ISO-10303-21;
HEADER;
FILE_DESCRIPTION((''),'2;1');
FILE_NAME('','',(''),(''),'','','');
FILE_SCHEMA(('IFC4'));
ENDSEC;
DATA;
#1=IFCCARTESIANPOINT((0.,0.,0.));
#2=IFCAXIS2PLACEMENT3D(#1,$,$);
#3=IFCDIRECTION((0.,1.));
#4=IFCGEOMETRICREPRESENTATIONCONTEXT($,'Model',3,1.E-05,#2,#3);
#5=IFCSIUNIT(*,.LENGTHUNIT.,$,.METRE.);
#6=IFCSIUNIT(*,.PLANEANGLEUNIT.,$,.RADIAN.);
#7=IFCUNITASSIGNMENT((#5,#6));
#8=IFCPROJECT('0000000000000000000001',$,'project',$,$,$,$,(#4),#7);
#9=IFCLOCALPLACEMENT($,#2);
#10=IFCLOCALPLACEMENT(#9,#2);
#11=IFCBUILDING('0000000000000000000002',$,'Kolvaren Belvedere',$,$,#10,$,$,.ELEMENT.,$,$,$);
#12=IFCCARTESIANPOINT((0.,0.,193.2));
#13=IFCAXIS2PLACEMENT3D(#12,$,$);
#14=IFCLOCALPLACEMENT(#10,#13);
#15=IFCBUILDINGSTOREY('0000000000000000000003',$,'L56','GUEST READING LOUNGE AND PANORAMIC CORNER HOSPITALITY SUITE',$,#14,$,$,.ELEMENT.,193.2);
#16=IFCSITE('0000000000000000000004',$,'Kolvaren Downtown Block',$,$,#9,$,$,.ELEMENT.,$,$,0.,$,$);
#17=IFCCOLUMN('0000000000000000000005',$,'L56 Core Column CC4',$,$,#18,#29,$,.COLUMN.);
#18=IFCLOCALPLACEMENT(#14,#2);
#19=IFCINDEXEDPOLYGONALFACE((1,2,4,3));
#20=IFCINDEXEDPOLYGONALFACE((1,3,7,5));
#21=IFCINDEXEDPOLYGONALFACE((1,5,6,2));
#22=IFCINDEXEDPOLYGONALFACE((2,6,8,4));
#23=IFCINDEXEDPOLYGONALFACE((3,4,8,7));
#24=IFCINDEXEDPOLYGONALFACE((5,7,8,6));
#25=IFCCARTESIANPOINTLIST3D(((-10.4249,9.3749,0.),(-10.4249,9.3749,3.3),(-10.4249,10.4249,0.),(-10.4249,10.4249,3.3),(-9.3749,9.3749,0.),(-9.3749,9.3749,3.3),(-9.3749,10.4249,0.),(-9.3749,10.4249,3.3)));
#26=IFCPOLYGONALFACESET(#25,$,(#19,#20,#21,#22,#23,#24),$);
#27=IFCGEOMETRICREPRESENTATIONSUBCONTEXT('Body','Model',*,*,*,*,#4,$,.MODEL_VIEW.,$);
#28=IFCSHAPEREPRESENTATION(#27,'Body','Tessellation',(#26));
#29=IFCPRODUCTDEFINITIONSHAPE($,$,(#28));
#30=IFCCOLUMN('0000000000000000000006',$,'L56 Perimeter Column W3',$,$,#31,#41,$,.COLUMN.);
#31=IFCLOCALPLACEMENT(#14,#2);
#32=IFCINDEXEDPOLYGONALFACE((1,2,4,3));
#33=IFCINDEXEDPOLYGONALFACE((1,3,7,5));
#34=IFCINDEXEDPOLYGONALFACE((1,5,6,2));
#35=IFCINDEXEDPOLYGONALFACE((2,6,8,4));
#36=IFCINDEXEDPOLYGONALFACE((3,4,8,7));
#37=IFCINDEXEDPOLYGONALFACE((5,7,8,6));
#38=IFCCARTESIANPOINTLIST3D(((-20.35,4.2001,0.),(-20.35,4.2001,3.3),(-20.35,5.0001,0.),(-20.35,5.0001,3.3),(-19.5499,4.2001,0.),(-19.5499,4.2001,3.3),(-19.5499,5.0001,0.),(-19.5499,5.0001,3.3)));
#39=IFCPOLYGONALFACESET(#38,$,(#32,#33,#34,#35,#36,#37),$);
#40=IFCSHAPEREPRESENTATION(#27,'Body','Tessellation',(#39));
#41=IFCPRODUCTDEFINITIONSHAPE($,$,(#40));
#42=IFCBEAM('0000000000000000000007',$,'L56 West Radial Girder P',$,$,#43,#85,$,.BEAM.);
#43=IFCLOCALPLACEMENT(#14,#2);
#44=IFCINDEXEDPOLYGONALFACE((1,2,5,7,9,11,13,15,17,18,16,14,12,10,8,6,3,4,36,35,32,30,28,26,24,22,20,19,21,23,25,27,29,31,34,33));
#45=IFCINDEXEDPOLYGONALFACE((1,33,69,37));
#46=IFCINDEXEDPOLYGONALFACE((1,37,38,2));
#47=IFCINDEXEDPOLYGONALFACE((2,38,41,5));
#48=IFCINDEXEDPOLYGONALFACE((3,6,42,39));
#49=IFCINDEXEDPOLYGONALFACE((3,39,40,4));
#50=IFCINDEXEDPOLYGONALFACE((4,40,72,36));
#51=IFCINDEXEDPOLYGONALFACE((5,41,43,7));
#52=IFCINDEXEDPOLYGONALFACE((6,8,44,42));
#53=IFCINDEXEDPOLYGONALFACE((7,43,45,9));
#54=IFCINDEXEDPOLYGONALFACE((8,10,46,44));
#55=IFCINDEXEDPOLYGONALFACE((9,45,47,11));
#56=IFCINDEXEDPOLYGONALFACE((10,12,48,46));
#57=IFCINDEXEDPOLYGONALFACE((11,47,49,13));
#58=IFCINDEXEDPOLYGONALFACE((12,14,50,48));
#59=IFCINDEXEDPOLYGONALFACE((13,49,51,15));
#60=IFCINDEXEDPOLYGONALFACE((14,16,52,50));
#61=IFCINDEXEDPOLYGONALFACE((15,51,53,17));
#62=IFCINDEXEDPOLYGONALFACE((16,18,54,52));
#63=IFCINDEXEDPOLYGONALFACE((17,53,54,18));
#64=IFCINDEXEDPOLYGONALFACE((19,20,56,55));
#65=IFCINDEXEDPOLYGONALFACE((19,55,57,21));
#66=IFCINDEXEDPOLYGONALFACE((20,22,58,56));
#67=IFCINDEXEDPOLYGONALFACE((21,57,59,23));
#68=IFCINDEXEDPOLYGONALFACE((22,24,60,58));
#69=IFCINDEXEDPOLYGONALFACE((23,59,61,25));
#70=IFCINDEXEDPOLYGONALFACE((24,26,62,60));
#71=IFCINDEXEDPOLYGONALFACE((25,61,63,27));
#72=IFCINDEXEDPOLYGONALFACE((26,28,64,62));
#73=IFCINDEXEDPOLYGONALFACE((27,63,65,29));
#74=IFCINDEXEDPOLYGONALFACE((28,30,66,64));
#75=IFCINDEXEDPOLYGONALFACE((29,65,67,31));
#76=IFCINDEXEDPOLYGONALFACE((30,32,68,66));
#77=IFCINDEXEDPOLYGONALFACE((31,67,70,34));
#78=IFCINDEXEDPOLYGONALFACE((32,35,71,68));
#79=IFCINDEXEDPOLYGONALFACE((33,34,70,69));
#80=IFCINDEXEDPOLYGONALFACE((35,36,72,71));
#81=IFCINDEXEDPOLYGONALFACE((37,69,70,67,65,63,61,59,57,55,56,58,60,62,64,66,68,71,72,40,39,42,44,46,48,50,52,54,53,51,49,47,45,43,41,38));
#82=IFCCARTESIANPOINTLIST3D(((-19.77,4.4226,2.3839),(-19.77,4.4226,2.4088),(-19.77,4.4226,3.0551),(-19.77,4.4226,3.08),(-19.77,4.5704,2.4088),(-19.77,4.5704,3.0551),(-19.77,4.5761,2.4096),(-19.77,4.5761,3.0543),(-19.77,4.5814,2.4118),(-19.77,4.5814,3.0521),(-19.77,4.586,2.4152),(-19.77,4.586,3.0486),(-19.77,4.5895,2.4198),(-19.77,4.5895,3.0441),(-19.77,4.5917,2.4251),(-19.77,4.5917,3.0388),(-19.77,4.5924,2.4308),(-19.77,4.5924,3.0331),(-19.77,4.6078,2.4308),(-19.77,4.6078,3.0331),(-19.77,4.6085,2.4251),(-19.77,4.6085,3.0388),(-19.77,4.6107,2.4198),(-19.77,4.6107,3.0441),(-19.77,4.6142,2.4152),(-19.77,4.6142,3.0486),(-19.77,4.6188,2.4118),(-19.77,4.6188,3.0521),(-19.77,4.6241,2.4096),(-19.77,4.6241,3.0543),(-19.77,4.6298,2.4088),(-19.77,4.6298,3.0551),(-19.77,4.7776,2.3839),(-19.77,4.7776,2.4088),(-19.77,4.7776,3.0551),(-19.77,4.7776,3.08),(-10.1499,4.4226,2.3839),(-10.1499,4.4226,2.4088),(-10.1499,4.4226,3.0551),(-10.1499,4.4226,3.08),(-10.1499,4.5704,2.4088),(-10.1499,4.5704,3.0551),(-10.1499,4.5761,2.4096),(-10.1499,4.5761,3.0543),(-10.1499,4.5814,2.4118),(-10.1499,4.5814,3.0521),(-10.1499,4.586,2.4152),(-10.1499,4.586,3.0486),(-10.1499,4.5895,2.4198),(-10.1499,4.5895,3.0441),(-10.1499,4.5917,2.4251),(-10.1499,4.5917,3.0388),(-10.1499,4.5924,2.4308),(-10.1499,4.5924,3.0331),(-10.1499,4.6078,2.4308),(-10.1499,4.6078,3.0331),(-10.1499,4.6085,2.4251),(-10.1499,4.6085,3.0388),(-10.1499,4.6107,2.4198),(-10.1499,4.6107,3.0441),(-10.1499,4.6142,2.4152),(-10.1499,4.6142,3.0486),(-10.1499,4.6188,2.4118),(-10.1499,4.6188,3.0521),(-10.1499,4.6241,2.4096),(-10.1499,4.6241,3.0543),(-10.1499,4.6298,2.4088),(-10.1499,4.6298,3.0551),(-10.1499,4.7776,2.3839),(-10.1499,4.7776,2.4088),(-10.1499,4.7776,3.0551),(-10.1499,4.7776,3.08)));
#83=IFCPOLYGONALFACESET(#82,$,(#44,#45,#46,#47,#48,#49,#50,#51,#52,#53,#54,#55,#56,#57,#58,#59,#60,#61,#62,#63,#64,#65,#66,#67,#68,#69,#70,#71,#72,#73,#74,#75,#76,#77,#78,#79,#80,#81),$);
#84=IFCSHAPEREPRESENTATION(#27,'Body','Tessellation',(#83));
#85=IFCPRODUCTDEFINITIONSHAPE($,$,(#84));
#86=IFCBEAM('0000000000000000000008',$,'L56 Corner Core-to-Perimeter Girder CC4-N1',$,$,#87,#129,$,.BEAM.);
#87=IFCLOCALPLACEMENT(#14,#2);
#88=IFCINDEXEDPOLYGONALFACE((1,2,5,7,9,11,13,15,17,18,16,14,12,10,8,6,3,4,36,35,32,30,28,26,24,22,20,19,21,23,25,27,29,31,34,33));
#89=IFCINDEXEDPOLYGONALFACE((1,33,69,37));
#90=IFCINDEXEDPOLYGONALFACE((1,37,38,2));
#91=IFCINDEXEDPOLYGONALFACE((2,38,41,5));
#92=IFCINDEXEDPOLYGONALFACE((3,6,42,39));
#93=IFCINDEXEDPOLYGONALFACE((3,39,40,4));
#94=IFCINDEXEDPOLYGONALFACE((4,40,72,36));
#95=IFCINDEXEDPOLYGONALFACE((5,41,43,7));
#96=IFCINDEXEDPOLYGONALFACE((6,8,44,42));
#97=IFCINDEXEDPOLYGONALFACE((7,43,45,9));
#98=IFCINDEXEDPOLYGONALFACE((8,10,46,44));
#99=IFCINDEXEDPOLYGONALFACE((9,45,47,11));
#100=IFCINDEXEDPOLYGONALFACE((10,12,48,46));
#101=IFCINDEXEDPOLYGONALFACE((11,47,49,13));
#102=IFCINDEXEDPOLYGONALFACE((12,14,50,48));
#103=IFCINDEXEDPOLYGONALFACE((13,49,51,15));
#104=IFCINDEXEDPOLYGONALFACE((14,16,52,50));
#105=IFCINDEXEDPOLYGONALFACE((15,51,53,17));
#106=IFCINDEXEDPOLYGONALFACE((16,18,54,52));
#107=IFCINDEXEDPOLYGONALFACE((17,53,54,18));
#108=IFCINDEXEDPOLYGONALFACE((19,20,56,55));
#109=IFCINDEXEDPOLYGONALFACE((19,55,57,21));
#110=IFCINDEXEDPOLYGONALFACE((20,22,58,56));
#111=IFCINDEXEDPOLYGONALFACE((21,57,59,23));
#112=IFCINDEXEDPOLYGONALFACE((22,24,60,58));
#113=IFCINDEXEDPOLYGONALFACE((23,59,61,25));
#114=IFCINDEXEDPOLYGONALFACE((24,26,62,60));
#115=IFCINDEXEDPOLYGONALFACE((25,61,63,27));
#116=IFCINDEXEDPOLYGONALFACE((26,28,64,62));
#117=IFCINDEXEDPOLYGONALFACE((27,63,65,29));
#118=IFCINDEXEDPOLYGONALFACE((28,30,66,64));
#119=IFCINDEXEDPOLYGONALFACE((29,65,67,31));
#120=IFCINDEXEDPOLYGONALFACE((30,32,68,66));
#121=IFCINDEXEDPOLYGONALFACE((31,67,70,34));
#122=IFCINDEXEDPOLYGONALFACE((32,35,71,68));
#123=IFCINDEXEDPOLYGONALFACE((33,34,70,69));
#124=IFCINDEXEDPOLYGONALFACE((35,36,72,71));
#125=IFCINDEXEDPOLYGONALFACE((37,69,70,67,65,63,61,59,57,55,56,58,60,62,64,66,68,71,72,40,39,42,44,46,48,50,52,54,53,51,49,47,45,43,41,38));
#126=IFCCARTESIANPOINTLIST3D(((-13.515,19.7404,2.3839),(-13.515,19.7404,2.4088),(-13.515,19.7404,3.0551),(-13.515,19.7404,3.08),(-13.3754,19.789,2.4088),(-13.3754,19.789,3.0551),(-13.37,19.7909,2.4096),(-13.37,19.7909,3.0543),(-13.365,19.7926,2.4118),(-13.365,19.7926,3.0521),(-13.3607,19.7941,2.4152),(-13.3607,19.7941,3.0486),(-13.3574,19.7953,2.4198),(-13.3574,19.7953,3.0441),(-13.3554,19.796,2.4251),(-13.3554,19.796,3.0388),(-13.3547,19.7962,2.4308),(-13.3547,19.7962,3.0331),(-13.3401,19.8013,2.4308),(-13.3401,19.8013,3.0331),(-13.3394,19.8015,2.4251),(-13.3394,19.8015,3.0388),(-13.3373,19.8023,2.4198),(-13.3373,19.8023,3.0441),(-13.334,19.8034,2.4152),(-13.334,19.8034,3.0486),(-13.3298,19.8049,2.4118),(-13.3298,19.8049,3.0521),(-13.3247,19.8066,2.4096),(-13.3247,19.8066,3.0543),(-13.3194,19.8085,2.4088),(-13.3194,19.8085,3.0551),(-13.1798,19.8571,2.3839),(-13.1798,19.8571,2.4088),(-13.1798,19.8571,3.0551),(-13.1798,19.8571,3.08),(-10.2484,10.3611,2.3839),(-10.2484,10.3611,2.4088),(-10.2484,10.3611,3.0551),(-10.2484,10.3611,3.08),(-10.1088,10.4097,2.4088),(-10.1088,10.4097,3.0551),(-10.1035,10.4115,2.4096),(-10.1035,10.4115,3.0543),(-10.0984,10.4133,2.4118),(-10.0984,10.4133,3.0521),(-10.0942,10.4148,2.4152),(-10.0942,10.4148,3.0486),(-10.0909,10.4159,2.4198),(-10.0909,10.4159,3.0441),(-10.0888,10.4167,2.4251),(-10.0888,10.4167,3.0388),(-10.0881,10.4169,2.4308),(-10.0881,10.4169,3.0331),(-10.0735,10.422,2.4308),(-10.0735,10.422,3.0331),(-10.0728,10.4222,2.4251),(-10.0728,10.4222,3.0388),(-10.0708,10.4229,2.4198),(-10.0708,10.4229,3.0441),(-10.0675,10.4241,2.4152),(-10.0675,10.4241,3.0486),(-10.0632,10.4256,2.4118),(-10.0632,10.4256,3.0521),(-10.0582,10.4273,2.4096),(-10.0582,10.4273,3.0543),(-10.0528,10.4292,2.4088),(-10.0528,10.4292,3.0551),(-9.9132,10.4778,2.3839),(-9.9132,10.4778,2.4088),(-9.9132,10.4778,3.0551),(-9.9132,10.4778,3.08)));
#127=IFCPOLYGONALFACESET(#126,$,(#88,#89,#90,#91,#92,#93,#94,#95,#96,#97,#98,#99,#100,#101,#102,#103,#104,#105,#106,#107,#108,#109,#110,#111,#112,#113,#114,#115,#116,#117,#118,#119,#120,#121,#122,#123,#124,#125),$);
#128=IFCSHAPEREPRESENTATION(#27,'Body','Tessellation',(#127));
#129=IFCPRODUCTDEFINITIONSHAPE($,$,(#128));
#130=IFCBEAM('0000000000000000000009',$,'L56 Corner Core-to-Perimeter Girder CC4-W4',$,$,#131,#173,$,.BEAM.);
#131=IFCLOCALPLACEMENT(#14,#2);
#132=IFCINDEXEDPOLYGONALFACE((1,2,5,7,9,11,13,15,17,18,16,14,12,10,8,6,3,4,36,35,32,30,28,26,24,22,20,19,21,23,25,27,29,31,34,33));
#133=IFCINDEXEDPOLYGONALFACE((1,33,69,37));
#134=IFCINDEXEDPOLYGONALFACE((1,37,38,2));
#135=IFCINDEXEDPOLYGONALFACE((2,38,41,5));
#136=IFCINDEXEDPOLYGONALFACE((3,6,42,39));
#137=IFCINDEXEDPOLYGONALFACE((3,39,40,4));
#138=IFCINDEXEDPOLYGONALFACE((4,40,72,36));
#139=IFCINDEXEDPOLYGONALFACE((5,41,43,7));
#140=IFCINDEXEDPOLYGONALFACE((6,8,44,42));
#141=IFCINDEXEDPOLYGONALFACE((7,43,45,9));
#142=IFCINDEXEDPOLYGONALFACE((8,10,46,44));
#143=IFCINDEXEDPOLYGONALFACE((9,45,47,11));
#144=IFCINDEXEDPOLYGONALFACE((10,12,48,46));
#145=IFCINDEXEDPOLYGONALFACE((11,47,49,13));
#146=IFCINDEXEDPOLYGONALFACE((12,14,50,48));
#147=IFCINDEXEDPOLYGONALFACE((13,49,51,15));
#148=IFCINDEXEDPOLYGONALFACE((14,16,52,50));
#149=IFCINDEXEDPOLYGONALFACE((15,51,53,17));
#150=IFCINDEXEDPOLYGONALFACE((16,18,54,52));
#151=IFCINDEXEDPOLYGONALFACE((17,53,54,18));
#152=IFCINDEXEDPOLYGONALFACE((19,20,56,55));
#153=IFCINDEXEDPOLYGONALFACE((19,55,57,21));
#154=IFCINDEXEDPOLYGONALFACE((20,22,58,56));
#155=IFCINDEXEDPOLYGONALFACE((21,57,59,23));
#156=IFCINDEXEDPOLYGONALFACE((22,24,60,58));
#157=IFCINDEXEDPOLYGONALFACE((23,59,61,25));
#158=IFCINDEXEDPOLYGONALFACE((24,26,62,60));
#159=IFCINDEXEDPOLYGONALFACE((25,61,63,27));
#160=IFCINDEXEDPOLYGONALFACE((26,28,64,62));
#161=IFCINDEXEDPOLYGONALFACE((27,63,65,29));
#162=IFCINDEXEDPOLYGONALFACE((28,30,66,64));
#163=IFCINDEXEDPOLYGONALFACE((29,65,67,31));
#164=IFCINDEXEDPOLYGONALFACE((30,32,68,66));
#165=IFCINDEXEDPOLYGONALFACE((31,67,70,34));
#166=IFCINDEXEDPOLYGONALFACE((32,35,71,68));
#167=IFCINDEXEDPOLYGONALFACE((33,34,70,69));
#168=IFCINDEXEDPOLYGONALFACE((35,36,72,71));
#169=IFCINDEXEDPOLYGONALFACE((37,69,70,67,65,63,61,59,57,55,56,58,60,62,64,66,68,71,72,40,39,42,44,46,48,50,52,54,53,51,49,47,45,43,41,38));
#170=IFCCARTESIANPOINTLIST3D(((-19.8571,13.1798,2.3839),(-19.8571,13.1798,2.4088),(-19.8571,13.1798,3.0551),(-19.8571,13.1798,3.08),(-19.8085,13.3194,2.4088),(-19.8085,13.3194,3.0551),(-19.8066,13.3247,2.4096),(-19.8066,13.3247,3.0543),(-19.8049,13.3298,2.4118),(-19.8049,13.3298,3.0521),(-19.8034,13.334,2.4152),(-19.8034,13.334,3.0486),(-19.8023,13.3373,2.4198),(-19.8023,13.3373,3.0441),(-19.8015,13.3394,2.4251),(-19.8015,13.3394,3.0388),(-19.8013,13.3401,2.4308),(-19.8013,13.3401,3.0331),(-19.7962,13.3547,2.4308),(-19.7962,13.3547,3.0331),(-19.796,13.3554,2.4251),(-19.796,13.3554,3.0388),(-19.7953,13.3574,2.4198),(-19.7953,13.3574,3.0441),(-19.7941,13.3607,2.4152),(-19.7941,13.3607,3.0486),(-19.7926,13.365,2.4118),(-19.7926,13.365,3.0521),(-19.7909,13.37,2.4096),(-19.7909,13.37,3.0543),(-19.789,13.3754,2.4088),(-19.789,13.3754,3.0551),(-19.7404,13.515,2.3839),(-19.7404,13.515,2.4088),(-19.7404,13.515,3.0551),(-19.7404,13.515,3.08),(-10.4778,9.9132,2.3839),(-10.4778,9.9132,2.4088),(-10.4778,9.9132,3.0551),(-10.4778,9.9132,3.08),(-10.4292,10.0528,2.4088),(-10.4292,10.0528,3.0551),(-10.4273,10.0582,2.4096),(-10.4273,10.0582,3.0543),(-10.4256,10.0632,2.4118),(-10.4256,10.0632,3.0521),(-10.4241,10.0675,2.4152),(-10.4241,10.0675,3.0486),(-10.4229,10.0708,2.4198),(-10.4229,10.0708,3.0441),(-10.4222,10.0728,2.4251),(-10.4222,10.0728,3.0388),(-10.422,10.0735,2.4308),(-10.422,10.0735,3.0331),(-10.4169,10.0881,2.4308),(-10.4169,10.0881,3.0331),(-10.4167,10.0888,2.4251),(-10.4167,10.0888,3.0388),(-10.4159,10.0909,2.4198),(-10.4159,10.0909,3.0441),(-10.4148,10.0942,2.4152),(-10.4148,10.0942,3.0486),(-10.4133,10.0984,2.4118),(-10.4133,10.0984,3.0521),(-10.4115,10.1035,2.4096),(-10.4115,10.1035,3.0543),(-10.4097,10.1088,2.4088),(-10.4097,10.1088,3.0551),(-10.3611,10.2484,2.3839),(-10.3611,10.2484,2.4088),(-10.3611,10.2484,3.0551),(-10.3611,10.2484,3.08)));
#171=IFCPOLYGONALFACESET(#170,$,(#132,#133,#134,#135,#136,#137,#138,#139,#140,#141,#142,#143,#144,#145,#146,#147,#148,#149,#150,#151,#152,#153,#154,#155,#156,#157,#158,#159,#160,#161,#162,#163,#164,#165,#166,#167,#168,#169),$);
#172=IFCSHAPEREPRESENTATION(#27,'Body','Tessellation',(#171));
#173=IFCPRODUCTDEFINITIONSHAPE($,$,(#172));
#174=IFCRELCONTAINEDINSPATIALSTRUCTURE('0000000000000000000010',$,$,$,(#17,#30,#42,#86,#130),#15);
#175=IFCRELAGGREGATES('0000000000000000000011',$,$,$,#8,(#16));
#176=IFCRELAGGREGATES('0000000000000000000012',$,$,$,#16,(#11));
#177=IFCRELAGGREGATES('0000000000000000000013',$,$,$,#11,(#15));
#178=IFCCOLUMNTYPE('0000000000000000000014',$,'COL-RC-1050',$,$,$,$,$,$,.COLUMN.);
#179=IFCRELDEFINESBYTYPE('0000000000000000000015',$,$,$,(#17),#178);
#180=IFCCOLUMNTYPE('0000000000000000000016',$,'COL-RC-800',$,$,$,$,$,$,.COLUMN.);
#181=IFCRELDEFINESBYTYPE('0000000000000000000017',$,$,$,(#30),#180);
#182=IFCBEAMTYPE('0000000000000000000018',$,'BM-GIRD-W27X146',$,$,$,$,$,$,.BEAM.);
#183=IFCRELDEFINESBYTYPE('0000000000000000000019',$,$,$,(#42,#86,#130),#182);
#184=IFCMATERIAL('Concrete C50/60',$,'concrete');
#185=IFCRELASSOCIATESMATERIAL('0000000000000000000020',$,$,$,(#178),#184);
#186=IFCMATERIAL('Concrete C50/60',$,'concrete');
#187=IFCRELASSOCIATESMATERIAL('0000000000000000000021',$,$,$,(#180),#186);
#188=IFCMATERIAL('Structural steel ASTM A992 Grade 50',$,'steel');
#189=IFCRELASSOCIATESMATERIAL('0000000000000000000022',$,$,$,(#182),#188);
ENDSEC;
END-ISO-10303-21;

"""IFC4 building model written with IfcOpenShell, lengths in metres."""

from ifc_helpers import new_model, si_unit, direction, frame, origin, origin_2d, place, context, subcontext, project, spatial, rectangle, i_section, extrude, material, material_profile, profile_set, type_object, element, save


model = new_model("IFC4")

# Units and contexts
model_context = context("Model", 3, precision=1e-05, world=origin(), true_north=direction((0.0, 1.0)))
body_context = subcontext(model_context, "Body", "Model", "MODEL_VIEW")
ifc_project = project(units=[si_unit("LENGTHUNIT", "METRE"), si_unit("PLANEANGLEUNIT", "RADIAN")], contexts=[model_context])

# Site, building, storey
site_placement = place(None, origin())
site = spatial("IfcSite", under=ifc_project, at=site_placement, Name="Kolvaren Downtown Block", CompositionType="ELEMENT", RefElevation=0.0)
building_placement = place(site_placement, origin())
building = spatial("IfcBuilding", under=site, at=building_placement, Name="Kolvaren Belvedere", CompositionType="ELEMENT")
storey_placement = place(building_placement, frame((0.0, 0.0, 193.2)))
storey = spatial("IfcBuildingStorey", under=building, at=storey_placement, Name="L56", Description="GUEST READING LOUNGE AND PANORAMIC CORNER HOSPITALITY SUITE", CompositionType="ELEMENT", Elevation=193.2)

# Columns
ifc_material_1 = material(Name="Concrete C50/60", Category="concrete")
ifc_material_profile_1 = material_profile(ifc_material_1, rectangle(XDim=1.05, YDim=1.05, at=origin_2d()), Name="RC 1050X1050")
ifc_profile_set_1 = profile_set([ifc_material_profile_1], Name="Concrete C50/60")
column_type_1 = type_object("IfcColumnType", Name="COL-RC-1050", PredefinedType="COLUMN", material=ifc_profile_set_1)
column_1_placement = place(storey_placement, frame((-9.8999, 9.8999, 0.0), z_axis=(0.0, 0.0, 1.0), x_axis=(1.0, 0.0, 0.0)))
element("IfcColumn", 1, at=column_1_placement, inside=storey, type_object=column_type_1, Name="L56 Core Column CC4", PredefinedType="COLUMN", context=body_context, shape_type="SweptSolid", body=[
    extrude(rectangle(XDim=1.05, YDim=1.05, at=origin_2d()), origin(), (0.0, 0.0, 1.0), 3.3),
])
ifc_material_2 = material(Name="Concrete C50/60", Category="concrete")
ifc_material_profile_2 = material_profile(ifc_material_2, rectangle(XDim=0.8, YDim=0.8, at=origin_2d()), Name="RC 800X800")
ifc_profile_set_2 = profile_set([ifc_material_profile_2], Name="Concrete C50/60")
column_type_2 = type_object("IfcColumnType", Name="COL-RC-800", PredefinedType="COLUMN", material=ifc_profile_set_2)
column_2_placement = place(storey_placement, frame((-19.95, 4.6001, 0.0), z_axis=(0.0, 0.0, 1.0), x_axis=(1.0, 0.0, 0.0)))
element("IfcColumn", 2, at=column_2_placement, inside=storey, type_object=column_type_2, Name="L56 Perimeter Column W3", PredefinedType="COLUMN", context=body_context, shape_type="SweptSolid", body=[
    extrude(rectangle(XDim=0.8, YDim=0.8, at=origin_2d()), origin(), (0.0, 0.0, 1.0), 3.3),
])

# Beams
ifc_material_3 = material(Name="Structural steel ASTM A992 Grade 50", Category="steel")
ifc_material_profile_3 = material_profile(ifc_material_3, i_section(OverallWidth=0.355, OverallDepth=0.696, WebThickness=0.0154, FlangeThickness=0.0249, FilletRadius=0.022, at=origin_2d()), Name="W27X146")
ifc_profile_set_3 = profile_set([ifc_material_profile_3], Name="Structural steel ASTM A992 Grade 50")
beam_type_1 = type_object("IfcBeamType", Name="BM-GIRD-W27X146", PredefinedType="BEAM", material=ifc_profile_set_3)
beam_1_placement = place(storey_placement, frame((-10.1499, 4.6001, 2.7319), z_axis=(-1.0, 0.0, 0.0), x_axis=(0.0, -1.0, 0.0)))
element("IfcBeam", 3, at=beam_1_placement, inside=storey, type_object=beam_type_1, Name="L56 West Radial Girder P", PredefinedType="BEAM", context=body_context, shape_type="SweptSolid", body=[
    extrude(i_section(OverallWidth=0.355, OverallDepth=0.696, WebThickness=0.0154, FlangeThickness=0.0249, FilletRadius=0.022, at=origin_2d()), origin(), (0.0, 0.0, 1.0), 9.6201),
])
for number, where, z_axis, x_axis, name in (
    (4, (-10.0808, 10.4194, 2.7319), (-0.328898, 0.944365, 0.0), (-0.944365, -0.328898, 0.0), "L56 Corner Core-to-Perimeter Girder CC4-N1"),
    (5, (-10.4194, 10.0808, 2.7319), (-0.944365, 0.328898, 0.0), (-0.328898, -0.944365, 0.0), "L56 Corner Core-to-Perimeter Girder CC4-W4"),
):
    element("IfcBeam", number, at=place(storey_placement, frame(where, z_axis=z_axis, x_axis=x_axis)), inside=storey, type_object=beam_type_1, Name=name, PredefinedType="BEAM", context=body_context, shape_type="SweptSolid", body=[
        extrude(i_section(OverallWidth=0.355, OverallDepth=0.696, WebThickness=0.0154, FlangeThickness=0.0249, FilletRadius=0.022, at=origin_2d()), origin(), (0.0, 0.0, 1.0), 9.9319),
    ])

save(model, "model.ifc")
